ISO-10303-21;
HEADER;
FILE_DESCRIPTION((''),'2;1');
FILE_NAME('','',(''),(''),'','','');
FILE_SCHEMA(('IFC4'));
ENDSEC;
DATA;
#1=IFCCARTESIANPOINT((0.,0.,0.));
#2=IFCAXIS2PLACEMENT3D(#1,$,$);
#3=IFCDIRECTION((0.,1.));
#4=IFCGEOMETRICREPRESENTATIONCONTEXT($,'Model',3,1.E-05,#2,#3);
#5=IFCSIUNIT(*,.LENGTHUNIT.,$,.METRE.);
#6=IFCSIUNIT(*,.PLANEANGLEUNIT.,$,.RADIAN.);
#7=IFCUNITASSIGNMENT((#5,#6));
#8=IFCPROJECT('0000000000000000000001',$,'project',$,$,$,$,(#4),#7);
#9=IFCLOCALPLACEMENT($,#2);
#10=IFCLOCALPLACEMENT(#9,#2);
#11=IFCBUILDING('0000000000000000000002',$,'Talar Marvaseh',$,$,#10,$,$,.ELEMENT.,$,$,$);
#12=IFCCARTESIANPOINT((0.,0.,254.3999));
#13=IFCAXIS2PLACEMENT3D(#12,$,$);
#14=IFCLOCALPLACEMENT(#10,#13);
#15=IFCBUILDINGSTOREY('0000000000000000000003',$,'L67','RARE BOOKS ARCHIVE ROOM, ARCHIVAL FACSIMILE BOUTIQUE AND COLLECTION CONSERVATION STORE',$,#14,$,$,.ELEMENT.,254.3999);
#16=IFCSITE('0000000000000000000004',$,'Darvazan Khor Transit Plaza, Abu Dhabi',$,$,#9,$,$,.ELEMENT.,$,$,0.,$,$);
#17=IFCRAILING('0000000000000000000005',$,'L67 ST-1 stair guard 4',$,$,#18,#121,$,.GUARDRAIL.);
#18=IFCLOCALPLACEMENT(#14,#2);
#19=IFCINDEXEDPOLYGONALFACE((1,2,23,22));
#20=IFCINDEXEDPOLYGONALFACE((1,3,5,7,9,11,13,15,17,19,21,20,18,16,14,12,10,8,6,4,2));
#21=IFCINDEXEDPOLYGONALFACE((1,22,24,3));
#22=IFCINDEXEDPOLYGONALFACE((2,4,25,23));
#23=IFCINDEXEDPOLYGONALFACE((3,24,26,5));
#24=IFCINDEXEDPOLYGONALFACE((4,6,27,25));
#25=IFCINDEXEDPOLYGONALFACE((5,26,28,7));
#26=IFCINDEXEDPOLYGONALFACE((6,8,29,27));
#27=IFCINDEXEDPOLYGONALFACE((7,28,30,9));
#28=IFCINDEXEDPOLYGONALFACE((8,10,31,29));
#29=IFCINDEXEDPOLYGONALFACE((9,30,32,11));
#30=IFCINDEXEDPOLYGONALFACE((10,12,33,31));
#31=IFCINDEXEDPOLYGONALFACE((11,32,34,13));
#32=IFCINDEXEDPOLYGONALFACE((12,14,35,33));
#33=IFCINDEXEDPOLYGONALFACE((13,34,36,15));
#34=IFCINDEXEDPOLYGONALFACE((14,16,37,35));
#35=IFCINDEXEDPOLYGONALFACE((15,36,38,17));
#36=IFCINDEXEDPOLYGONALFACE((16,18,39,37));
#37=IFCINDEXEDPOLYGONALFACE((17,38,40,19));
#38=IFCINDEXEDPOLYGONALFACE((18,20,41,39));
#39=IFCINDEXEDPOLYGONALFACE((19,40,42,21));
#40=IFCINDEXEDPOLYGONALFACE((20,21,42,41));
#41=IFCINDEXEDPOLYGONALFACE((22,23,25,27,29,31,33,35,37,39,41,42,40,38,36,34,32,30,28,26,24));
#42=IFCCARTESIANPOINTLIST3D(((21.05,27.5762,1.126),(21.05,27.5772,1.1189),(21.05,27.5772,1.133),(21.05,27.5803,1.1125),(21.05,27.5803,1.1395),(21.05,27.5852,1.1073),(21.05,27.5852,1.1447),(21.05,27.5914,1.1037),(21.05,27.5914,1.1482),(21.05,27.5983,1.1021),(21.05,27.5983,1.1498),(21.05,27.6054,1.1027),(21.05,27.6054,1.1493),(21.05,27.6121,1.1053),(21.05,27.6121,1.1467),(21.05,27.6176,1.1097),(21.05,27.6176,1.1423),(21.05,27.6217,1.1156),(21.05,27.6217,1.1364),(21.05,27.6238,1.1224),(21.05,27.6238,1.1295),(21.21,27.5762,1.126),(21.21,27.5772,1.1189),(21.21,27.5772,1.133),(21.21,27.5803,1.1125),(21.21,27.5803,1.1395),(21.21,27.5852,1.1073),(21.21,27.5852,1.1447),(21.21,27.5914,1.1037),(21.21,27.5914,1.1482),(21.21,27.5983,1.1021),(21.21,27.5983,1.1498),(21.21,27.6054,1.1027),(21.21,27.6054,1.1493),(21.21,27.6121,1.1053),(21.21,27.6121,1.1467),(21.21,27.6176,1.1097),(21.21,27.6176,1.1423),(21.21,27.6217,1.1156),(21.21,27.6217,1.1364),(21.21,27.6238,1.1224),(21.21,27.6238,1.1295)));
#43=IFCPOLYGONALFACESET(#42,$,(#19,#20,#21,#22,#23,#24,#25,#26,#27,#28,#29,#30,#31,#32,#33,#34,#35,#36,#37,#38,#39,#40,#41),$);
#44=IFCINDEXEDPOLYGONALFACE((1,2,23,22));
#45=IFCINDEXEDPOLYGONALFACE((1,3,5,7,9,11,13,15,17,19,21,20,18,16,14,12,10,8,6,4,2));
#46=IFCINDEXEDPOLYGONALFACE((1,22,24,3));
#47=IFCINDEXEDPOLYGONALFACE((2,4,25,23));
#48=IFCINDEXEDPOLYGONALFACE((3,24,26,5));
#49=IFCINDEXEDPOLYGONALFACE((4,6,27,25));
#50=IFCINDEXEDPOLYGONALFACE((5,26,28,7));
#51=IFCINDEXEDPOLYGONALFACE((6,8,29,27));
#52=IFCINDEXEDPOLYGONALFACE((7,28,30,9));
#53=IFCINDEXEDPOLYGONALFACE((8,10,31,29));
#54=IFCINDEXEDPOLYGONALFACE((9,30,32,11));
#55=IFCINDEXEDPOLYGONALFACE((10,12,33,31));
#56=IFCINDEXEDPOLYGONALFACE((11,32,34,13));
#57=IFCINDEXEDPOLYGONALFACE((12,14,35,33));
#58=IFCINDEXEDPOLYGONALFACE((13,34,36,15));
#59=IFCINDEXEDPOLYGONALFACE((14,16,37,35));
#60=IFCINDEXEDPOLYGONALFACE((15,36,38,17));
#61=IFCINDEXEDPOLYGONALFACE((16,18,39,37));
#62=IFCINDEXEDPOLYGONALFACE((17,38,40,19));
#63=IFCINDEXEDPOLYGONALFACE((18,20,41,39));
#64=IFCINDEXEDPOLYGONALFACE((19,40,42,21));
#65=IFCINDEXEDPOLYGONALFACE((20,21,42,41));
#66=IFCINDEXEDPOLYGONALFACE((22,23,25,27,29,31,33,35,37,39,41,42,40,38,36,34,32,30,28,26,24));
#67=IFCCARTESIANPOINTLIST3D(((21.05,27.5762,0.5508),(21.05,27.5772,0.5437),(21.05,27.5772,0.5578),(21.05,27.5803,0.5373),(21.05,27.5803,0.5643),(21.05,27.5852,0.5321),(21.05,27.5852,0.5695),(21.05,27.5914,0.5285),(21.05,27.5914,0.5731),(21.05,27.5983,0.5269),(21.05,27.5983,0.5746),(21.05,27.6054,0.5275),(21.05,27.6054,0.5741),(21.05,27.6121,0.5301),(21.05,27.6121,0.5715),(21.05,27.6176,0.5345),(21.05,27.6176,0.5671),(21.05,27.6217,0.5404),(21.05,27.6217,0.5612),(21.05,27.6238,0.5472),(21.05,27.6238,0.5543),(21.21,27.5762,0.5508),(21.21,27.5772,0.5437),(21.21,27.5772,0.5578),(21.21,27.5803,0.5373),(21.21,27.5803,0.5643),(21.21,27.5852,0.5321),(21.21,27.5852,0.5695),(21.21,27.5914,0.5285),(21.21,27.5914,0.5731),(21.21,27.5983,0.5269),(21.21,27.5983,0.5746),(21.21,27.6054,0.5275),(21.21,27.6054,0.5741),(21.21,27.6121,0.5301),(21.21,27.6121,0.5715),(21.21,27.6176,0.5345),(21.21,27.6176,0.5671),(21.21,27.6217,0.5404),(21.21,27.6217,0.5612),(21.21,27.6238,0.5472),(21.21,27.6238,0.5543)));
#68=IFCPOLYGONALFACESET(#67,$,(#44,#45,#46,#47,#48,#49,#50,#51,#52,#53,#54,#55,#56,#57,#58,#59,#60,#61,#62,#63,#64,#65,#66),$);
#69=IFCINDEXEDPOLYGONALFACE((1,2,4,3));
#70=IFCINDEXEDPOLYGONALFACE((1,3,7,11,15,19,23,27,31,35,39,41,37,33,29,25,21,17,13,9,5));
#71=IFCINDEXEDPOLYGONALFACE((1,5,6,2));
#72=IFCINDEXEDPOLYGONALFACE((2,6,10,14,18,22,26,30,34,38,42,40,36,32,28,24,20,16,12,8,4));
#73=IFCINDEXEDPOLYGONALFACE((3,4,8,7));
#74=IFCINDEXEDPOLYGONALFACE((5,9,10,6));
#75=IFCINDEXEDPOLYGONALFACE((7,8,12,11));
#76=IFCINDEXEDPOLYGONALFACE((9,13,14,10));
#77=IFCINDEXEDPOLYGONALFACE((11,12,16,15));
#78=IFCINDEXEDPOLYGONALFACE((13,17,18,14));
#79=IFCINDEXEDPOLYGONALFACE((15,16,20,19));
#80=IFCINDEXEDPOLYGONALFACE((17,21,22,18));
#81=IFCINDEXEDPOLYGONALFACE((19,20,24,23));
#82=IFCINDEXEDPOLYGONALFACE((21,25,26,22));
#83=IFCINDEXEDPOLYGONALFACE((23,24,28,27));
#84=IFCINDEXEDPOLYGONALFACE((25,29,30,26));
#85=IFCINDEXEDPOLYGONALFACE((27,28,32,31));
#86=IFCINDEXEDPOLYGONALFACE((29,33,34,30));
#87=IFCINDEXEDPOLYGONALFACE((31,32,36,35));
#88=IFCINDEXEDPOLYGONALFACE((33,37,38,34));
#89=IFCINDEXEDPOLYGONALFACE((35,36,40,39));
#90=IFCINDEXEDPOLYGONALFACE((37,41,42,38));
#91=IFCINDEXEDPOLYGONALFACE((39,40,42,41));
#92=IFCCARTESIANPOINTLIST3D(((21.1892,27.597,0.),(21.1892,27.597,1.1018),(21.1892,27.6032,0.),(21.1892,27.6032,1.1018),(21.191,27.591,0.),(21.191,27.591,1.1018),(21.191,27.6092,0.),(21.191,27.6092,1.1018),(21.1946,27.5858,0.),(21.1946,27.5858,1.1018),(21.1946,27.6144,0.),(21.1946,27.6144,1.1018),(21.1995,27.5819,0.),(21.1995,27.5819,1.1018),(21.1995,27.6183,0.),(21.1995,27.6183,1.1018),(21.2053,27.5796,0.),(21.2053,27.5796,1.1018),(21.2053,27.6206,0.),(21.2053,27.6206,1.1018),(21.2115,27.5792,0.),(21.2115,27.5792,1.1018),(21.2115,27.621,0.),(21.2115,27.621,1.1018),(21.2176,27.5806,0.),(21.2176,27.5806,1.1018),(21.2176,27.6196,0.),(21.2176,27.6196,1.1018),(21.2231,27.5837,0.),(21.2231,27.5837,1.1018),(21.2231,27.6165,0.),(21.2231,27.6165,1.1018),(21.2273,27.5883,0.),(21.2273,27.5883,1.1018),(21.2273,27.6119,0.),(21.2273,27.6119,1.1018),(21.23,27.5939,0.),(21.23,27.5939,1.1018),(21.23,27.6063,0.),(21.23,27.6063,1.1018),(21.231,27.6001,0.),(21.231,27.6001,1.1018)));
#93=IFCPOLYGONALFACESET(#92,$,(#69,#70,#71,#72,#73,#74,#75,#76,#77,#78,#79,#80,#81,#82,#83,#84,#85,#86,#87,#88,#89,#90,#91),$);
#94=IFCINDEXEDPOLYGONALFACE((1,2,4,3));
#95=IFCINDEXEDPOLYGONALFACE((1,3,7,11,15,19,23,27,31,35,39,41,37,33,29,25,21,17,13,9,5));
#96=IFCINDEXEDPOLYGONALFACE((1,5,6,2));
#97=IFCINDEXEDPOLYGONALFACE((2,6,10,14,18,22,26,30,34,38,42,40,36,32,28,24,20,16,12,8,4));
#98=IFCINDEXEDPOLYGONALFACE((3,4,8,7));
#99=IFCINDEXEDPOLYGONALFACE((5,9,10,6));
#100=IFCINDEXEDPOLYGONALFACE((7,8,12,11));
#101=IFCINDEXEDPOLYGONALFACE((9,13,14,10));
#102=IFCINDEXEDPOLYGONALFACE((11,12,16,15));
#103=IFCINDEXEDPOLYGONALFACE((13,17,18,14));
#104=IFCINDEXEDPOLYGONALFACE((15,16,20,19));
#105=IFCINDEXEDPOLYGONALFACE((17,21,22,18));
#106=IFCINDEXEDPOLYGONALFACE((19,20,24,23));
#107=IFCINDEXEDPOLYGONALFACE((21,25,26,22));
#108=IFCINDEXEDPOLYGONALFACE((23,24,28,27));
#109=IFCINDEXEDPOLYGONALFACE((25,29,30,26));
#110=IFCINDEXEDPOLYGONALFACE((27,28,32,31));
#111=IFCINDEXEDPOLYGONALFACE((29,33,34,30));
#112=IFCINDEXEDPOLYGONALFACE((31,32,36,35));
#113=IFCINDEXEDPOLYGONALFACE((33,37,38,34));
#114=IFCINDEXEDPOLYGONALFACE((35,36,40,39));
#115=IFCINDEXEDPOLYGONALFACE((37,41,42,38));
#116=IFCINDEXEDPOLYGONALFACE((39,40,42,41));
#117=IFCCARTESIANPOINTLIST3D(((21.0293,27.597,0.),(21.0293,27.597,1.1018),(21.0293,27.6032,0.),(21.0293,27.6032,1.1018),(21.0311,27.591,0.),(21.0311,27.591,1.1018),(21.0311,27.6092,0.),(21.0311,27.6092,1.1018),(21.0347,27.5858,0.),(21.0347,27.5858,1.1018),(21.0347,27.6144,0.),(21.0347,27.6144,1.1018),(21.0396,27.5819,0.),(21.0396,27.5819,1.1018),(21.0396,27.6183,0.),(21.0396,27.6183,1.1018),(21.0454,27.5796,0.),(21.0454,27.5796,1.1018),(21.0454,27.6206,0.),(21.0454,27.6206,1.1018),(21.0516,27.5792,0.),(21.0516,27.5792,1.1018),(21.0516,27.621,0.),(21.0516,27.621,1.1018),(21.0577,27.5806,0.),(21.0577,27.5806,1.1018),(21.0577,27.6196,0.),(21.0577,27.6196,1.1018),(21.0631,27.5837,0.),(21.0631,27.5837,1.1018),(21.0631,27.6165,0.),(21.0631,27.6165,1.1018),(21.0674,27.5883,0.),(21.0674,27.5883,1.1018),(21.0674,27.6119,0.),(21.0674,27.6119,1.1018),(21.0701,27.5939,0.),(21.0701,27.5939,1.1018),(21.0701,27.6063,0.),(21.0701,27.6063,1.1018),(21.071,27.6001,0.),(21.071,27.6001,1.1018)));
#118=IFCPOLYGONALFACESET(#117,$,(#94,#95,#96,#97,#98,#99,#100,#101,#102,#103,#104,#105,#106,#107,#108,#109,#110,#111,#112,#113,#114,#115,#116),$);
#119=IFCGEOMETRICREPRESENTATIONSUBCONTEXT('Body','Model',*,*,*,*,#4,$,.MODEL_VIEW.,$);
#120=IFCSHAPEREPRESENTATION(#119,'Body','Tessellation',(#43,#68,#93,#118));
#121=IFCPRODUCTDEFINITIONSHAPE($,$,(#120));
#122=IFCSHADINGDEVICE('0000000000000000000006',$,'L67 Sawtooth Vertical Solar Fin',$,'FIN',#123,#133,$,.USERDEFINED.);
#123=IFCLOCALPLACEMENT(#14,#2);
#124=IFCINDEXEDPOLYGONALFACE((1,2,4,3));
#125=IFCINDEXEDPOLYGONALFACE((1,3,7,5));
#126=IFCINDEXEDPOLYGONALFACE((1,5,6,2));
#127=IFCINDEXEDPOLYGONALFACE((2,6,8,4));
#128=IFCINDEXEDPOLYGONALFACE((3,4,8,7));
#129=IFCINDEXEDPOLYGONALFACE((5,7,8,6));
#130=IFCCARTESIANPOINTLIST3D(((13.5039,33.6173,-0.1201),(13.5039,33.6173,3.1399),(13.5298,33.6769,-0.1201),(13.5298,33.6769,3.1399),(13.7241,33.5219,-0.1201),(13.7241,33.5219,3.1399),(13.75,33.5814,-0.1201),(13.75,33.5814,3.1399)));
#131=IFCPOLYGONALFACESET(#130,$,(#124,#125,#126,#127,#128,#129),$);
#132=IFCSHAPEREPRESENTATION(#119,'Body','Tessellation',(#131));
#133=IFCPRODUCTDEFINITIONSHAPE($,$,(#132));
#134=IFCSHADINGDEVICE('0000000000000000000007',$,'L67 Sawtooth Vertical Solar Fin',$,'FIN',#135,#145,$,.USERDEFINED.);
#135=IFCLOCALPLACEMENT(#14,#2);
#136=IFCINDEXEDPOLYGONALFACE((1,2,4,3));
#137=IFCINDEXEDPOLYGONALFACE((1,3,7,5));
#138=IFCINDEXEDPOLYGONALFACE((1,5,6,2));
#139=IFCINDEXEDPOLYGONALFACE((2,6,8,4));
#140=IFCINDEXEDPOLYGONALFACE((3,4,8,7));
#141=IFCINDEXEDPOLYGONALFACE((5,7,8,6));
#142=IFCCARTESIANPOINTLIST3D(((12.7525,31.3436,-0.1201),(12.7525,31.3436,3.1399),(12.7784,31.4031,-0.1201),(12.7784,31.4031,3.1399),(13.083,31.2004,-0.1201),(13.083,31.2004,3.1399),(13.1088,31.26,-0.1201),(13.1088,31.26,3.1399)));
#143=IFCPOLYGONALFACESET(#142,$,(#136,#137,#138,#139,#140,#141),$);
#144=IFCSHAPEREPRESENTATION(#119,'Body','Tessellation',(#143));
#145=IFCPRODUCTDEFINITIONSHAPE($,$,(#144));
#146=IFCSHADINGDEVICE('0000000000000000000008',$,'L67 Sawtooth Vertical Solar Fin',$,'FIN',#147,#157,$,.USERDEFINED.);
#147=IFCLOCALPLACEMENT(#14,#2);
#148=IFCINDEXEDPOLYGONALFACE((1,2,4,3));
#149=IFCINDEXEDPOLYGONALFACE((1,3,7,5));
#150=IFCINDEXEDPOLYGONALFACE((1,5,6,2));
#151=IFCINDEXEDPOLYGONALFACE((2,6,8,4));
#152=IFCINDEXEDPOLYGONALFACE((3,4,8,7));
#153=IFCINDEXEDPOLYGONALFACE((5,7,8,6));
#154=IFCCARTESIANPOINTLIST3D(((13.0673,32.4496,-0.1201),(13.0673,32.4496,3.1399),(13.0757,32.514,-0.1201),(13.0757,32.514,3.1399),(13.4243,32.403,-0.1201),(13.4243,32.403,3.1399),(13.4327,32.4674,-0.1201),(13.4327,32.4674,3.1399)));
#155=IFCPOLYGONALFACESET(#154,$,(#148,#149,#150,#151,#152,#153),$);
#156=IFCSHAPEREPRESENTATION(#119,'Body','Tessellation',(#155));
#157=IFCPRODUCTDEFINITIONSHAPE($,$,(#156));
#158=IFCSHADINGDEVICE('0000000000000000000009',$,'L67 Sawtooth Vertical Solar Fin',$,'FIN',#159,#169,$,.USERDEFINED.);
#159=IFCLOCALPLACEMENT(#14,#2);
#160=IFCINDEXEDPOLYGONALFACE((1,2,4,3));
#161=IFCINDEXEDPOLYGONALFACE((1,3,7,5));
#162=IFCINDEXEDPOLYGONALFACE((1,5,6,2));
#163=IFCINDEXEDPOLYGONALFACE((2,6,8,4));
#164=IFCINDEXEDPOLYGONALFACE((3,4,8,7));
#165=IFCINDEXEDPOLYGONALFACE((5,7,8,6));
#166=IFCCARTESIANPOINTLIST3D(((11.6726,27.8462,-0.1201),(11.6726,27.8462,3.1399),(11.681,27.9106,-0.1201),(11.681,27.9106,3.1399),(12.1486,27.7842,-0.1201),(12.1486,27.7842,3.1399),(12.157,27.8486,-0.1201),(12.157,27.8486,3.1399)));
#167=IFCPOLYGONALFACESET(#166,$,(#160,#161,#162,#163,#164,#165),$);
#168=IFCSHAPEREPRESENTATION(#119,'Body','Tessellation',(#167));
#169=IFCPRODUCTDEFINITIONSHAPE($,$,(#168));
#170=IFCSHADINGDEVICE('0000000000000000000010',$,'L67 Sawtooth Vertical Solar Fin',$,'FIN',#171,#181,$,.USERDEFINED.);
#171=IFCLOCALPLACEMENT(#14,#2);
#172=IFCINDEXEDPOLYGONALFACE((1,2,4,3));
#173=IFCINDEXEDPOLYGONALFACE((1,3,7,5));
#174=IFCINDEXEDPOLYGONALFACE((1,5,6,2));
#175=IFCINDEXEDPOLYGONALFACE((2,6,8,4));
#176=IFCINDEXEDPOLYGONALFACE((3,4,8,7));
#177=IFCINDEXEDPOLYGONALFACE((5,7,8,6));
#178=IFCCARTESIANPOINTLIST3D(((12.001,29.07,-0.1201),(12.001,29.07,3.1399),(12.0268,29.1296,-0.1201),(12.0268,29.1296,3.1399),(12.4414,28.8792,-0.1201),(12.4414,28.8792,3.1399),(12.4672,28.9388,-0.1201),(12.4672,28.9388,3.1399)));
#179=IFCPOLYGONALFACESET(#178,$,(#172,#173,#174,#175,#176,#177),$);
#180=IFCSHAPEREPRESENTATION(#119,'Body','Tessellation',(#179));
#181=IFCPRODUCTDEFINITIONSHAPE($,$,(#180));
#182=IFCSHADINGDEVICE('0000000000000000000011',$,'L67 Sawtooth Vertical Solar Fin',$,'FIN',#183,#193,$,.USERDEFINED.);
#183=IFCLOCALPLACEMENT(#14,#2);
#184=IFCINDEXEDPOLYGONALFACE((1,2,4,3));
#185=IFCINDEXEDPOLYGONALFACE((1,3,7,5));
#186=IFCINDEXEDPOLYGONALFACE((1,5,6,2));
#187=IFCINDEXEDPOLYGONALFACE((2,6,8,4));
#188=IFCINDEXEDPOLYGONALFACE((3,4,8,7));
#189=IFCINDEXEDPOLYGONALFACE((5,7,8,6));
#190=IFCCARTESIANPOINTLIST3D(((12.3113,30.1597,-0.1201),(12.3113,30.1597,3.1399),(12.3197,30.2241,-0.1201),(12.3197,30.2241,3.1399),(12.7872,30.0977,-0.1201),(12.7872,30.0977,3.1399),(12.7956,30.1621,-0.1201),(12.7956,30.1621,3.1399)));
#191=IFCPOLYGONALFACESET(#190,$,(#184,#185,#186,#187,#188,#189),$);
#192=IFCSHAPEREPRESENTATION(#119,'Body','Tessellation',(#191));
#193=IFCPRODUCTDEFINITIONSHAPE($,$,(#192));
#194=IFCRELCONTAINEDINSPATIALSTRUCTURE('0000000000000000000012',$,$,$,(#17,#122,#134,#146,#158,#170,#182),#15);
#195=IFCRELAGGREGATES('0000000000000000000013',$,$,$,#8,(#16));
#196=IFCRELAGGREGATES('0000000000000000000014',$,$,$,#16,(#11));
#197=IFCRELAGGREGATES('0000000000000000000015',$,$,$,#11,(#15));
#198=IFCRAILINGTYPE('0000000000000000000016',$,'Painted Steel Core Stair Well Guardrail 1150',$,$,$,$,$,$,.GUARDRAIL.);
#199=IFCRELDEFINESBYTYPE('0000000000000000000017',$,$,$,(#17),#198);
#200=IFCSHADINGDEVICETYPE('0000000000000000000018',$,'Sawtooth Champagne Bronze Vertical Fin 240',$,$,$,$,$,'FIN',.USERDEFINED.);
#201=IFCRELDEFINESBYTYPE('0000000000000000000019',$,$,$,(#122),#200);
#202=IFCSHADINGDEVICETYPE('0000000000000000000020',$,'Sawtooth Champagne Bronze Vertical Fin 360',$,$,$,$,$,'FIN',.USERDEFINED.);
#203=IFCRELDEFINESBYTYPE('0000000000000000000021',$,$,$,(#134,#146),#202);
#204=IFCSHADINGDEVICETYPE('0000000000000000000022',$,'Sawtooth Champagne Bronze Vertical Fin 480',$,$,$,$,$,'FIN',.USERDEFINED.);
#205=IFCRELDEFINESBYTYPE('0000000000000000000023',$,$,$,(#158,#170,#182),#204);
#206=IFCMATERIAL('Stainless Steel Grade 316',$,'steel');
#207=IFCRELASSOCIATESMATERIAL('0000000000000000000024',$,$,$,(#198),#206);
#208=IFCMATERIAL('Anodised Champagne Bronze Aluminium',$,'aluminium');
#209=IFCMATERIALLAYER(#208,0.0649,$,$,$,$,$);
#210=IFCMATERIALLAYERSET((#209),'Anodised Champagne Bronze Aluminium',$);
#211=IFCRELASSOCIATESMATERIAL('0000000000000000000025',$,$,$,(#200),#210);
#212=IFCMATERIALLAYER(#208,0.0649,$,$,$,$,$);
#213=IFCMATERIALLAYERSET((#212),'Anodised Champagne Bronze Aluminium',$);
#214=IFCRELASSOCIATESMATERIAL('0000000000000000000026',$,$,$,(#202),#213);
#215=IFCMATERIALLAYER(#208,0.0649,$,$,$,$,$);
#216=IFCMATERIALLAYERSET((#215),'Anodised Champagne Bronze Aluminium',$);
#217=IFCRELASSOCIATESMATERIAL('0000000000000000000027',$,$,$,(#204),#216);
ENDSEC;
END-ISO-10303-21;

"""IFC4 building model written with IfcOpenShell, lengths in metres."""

from ifc_helpers import new_model, si_unit, direction, frame, origin, origin_2d, place, context, subcontext, project, spatial, rectangle, circle, extrude, source, transform, mapped, material, layer, layer_set, type_object, type_shapes, element, save


model = new_model("IFC4")

# Units and contexts
model_context = context("Model", 3, precision=1e-05, world=origin(), true_north=direction((0.0, 1.0)))
body_context = subcontext(model_context, "Body", "Model", "MODEL_VIEW")
ifc_project = project(units=[si_unit("LENGTHUNIT", "METRE"), si_unit("PLANEANGLEUNIT", "RADIAN")], contexts=[model_context])

# Site, building, storey
site_placement = place(None, origin())
site = spatial("IfcSite", under=ifc_project, at=site_placement, Name="Darvazan Khor Transit Plaza, Abu Dhabi", CompositionType="ELEMENT", RefElevation=0.0)
building_placement = place(site_placement, origin())
building = spatial("IfcBuilding", under=site, at=building_placement, Name="Talar Marvaseh", CompositionType="ELEMENT")
storey_placement = place(building_placement, frame((0.0, 0.0, 254.3999)))
storey = spatial("IfcBuildingStorey", under=building, at=storey_placement, Name="L67", Description="RARE BOOKS ARCHIVE ROOM, ARCHIVAL FACSIMILE BOUTIQUE AND COLLECTION CONSERVATION STORE", CompositionType="ELEMENT", Elevation=254.3999)

# Railing
ifc_material_1 = material(Name="Stainless Steel Grade 316", Category="steel")
railing_type_1 = type_object("IfcRailingType", Name="Painted Steel Core Stair Well Guardrail 1150", PredefinedType="GUARDRAIL", material=ifc_material_1)
railing_1_placement = place(storey_placement, frame((21.21, 27.6001, 0.0)))
element("IfcRailing", 1, at=railing_1_placement, inside=storey, type_object=railing_type_1, Name="L67 ST-1 stair guard 4", PredefinedType="GUARDRAIL", context=body_context, shape_type="SweptSolid", body=[
    extrude(circle(Radius=0.0239, at=origin_2d()), frame((0.0, 0.0, 1.126), z_axis=(-1.0, 0.0, 0.0), x_axis=(0.0, -1.0, 0.0)), (0.0, 0.0, 1.0), 0.1599),
    extrude(circle(Radius=0.0239, at=origin_2d()), frame((0.0, 0.0, 0.5508), z_axis=(-1.0, 0.0, 0.0), x_axis=(0.0, -1.0, 0.0)), (0.0, 0.0, 1.0), 0.1599),
    extrude(circle(Radius=0.021, at=origin_2d()), origin(), (0.0, 0.0, 1.0), 1.1018),
    extrude(circle(Radius=0.021, at=origin_2d()), frame((-0.1599, 0.0, 0.0)), (0.0, 0.0, 1.0), 1.1018),
])

# Shading devices
ifc_material_2 = material(Name="Anodised Champagne Bronze Aluminium", Category="aluminium")
ifc_layer_1 = layer(ifc_material_2, 0.0649)
ifc_layer_set_1 = layer_set([ifc_layer_1], Name="Anodised Champagne Bronze Aluminium")
shading_device_type_1 = type_object("IfcShadingDeviceType", Name="Sawtooth Champagne Bronze Vertical Fin 240", ElementType="FIN", PredefinedType="USERDEFINED", material=ifc_layer_set_1)
shared_shape_1 = source(origin(), body_context, "Body", "SweptSolid", [
    extrude(rectangle(XDim=0.24, YDim=0.0649, at=origin_2d()), origin(), (0.0, 0.0, 1.0), 3.26),
])
type_shapes(shading_device_type_1, [shared_shape_1])
shading_device_1_placement = place(storey_placement, frame((13.627, 33.5994, -0.1201), z_axis=(0.0, 0.0, 1.0), x_axis=(-0.917547, 0.397628, 0.0)))
element("IfcShadingDevice", 2, at=shading_device_1_placement, inside=storey, type_object=shading_device_type_1, Name="L67 Sawtooth Vertical Solar Fin", ObjectType="FIN", PredefinedType="USERDEFINED", context=body_context, shape_type="MappedRepresentation", body=[
    mapped(shared_shape_1, transform((0.0, 0.0, 0.0), x_axis=(1.0, 0.0, 0.0), y_axis=(0.0, 1.0, 0.0), z_axis=(0.0, 0.0, 1.0), scale=1.0)),
])
ifc_layer_2 = layer(ifc_material_2, 0.0649)
ifc_layer_set_2 = layer_set([ifc_layer_2], Name="Anodised Champagne Bronze Aluminium")
shading_device_type_2 = type_object("IfcShadingDeviceType", Name="Sawtooth Champagne Bronze Vertical Fin 360", ElementType="FIN", PredefinedType="USERDEFINED", material=ifc_layer_set_2)
shared_shape_2 = source(origin(), body_context, "Body", "SweptSolid", [
    extrude(rectangle(XDim=0.3601, YDim=0.0649, at=origin_2d()), origin(), (0.0, 0.0, 1.0), 3.26),
])
type_shapes(shading_device_type_2, [shared_shape_2])
for number, where, z_axis, x_axis, name in (
    (3, (12.9307, 31.3018, -0.1201), (0.0, 0.0, 1.0), (-0.917547, 0.397628, 0.0), "L67 Sawtooth Vertical Solar Fin"),
    (4, (13.25, 32.4585, -0.1201), (0.0, 0.0, 1.0), (-0.991604, 0.129315, 0.0), "L67 Sawtooth Vertical Solar Fin"),
):
    element("IfcShadingDevice", number, at=place(storey_placement, frame(where, z_axis=z_axis, x_axis=x_axis)), inside=storey, type_object=shading_device_type_2, Name=name, ObjectType="FIN", PredefinedType="USERDEFINED", context=body_context, shape_type="MappedRepresentation", body=[
        mapped(shared_shape_2, transform((0.0, 0.0, 0.0), x_axis=(1.0, 0.0, 0.0), y_axis=(0.0, 1.0, 0.0), z_axis=(0.0, 0.0, 1.0), scale=1.0)),
    ])
ifc_layer_3 = layer(ifc_material_2, 0.0649)
ifc_layer_set_3 = layer_set([ifc_layer_3], Name="Anodised Champagne Bronze Aluminium")
shading_device_type_3 = type_object("IfcShadingDeviceType", Name="Sawtooth Champagne Bronze Vertical Fin 480", ElementType="FIN", PredefinedType="USERDEFINED", material=ifc_layer_set_3)
shared_shape_3 = source(origin(), body_context, "Body", "SweptSolid", [
    extrude(rectangle(XDim=0.48, YDim=0.0649, at=origin_2d()), origin(), (0.0, 0.0, 1.0), 3.26),
])
type_shapes(shading_device_type_3, [shared_shape_3])
for number, where, z_axis, x_axis, name in (
    (5, (11.9148, 27.8474, -0.1201), (0.0, 0.0, 1.0), (-0.991604, 0.129315, 0.0), "L67 Sawtooth Vertical Solar Fin"),
    (6, (12.2341, 29.0044, -0.1201), (0.0, 0.0, 1.0), (-0.917547, 0.397628, 0.0), "L67 Sawtooth Vertical Solar Fin"),
    (7, (12.5535, 30.1609, -0.1201), (0.0, 0.0, 1.0), (-0.991604, 0.129315, 0.0), "L67 Sawtooth Vertical Solar Fin"),
):
    element("IfcShadingDevice", number, at=place(storey_placement, frame(where, z_axis=z_axis, x_axis=x_axis)), inside=storey, type_object=shading_device_type_3, Name=name, ObjectType="FIN", PredefinedType="USERDEFINED", context=body_context, shape_type="MappedRepresentation", body=[
        mapped(shared_shape_3, transform((0.0, 0.0, 0.0), x_axis=(1.0, 0.0, 0.0), y_axis=(0.0, 1.0, 0.0), z_axis=(0.0, 0.0, 1.0), scale=1.0)),
    ])

save(model, "model.ifc")
